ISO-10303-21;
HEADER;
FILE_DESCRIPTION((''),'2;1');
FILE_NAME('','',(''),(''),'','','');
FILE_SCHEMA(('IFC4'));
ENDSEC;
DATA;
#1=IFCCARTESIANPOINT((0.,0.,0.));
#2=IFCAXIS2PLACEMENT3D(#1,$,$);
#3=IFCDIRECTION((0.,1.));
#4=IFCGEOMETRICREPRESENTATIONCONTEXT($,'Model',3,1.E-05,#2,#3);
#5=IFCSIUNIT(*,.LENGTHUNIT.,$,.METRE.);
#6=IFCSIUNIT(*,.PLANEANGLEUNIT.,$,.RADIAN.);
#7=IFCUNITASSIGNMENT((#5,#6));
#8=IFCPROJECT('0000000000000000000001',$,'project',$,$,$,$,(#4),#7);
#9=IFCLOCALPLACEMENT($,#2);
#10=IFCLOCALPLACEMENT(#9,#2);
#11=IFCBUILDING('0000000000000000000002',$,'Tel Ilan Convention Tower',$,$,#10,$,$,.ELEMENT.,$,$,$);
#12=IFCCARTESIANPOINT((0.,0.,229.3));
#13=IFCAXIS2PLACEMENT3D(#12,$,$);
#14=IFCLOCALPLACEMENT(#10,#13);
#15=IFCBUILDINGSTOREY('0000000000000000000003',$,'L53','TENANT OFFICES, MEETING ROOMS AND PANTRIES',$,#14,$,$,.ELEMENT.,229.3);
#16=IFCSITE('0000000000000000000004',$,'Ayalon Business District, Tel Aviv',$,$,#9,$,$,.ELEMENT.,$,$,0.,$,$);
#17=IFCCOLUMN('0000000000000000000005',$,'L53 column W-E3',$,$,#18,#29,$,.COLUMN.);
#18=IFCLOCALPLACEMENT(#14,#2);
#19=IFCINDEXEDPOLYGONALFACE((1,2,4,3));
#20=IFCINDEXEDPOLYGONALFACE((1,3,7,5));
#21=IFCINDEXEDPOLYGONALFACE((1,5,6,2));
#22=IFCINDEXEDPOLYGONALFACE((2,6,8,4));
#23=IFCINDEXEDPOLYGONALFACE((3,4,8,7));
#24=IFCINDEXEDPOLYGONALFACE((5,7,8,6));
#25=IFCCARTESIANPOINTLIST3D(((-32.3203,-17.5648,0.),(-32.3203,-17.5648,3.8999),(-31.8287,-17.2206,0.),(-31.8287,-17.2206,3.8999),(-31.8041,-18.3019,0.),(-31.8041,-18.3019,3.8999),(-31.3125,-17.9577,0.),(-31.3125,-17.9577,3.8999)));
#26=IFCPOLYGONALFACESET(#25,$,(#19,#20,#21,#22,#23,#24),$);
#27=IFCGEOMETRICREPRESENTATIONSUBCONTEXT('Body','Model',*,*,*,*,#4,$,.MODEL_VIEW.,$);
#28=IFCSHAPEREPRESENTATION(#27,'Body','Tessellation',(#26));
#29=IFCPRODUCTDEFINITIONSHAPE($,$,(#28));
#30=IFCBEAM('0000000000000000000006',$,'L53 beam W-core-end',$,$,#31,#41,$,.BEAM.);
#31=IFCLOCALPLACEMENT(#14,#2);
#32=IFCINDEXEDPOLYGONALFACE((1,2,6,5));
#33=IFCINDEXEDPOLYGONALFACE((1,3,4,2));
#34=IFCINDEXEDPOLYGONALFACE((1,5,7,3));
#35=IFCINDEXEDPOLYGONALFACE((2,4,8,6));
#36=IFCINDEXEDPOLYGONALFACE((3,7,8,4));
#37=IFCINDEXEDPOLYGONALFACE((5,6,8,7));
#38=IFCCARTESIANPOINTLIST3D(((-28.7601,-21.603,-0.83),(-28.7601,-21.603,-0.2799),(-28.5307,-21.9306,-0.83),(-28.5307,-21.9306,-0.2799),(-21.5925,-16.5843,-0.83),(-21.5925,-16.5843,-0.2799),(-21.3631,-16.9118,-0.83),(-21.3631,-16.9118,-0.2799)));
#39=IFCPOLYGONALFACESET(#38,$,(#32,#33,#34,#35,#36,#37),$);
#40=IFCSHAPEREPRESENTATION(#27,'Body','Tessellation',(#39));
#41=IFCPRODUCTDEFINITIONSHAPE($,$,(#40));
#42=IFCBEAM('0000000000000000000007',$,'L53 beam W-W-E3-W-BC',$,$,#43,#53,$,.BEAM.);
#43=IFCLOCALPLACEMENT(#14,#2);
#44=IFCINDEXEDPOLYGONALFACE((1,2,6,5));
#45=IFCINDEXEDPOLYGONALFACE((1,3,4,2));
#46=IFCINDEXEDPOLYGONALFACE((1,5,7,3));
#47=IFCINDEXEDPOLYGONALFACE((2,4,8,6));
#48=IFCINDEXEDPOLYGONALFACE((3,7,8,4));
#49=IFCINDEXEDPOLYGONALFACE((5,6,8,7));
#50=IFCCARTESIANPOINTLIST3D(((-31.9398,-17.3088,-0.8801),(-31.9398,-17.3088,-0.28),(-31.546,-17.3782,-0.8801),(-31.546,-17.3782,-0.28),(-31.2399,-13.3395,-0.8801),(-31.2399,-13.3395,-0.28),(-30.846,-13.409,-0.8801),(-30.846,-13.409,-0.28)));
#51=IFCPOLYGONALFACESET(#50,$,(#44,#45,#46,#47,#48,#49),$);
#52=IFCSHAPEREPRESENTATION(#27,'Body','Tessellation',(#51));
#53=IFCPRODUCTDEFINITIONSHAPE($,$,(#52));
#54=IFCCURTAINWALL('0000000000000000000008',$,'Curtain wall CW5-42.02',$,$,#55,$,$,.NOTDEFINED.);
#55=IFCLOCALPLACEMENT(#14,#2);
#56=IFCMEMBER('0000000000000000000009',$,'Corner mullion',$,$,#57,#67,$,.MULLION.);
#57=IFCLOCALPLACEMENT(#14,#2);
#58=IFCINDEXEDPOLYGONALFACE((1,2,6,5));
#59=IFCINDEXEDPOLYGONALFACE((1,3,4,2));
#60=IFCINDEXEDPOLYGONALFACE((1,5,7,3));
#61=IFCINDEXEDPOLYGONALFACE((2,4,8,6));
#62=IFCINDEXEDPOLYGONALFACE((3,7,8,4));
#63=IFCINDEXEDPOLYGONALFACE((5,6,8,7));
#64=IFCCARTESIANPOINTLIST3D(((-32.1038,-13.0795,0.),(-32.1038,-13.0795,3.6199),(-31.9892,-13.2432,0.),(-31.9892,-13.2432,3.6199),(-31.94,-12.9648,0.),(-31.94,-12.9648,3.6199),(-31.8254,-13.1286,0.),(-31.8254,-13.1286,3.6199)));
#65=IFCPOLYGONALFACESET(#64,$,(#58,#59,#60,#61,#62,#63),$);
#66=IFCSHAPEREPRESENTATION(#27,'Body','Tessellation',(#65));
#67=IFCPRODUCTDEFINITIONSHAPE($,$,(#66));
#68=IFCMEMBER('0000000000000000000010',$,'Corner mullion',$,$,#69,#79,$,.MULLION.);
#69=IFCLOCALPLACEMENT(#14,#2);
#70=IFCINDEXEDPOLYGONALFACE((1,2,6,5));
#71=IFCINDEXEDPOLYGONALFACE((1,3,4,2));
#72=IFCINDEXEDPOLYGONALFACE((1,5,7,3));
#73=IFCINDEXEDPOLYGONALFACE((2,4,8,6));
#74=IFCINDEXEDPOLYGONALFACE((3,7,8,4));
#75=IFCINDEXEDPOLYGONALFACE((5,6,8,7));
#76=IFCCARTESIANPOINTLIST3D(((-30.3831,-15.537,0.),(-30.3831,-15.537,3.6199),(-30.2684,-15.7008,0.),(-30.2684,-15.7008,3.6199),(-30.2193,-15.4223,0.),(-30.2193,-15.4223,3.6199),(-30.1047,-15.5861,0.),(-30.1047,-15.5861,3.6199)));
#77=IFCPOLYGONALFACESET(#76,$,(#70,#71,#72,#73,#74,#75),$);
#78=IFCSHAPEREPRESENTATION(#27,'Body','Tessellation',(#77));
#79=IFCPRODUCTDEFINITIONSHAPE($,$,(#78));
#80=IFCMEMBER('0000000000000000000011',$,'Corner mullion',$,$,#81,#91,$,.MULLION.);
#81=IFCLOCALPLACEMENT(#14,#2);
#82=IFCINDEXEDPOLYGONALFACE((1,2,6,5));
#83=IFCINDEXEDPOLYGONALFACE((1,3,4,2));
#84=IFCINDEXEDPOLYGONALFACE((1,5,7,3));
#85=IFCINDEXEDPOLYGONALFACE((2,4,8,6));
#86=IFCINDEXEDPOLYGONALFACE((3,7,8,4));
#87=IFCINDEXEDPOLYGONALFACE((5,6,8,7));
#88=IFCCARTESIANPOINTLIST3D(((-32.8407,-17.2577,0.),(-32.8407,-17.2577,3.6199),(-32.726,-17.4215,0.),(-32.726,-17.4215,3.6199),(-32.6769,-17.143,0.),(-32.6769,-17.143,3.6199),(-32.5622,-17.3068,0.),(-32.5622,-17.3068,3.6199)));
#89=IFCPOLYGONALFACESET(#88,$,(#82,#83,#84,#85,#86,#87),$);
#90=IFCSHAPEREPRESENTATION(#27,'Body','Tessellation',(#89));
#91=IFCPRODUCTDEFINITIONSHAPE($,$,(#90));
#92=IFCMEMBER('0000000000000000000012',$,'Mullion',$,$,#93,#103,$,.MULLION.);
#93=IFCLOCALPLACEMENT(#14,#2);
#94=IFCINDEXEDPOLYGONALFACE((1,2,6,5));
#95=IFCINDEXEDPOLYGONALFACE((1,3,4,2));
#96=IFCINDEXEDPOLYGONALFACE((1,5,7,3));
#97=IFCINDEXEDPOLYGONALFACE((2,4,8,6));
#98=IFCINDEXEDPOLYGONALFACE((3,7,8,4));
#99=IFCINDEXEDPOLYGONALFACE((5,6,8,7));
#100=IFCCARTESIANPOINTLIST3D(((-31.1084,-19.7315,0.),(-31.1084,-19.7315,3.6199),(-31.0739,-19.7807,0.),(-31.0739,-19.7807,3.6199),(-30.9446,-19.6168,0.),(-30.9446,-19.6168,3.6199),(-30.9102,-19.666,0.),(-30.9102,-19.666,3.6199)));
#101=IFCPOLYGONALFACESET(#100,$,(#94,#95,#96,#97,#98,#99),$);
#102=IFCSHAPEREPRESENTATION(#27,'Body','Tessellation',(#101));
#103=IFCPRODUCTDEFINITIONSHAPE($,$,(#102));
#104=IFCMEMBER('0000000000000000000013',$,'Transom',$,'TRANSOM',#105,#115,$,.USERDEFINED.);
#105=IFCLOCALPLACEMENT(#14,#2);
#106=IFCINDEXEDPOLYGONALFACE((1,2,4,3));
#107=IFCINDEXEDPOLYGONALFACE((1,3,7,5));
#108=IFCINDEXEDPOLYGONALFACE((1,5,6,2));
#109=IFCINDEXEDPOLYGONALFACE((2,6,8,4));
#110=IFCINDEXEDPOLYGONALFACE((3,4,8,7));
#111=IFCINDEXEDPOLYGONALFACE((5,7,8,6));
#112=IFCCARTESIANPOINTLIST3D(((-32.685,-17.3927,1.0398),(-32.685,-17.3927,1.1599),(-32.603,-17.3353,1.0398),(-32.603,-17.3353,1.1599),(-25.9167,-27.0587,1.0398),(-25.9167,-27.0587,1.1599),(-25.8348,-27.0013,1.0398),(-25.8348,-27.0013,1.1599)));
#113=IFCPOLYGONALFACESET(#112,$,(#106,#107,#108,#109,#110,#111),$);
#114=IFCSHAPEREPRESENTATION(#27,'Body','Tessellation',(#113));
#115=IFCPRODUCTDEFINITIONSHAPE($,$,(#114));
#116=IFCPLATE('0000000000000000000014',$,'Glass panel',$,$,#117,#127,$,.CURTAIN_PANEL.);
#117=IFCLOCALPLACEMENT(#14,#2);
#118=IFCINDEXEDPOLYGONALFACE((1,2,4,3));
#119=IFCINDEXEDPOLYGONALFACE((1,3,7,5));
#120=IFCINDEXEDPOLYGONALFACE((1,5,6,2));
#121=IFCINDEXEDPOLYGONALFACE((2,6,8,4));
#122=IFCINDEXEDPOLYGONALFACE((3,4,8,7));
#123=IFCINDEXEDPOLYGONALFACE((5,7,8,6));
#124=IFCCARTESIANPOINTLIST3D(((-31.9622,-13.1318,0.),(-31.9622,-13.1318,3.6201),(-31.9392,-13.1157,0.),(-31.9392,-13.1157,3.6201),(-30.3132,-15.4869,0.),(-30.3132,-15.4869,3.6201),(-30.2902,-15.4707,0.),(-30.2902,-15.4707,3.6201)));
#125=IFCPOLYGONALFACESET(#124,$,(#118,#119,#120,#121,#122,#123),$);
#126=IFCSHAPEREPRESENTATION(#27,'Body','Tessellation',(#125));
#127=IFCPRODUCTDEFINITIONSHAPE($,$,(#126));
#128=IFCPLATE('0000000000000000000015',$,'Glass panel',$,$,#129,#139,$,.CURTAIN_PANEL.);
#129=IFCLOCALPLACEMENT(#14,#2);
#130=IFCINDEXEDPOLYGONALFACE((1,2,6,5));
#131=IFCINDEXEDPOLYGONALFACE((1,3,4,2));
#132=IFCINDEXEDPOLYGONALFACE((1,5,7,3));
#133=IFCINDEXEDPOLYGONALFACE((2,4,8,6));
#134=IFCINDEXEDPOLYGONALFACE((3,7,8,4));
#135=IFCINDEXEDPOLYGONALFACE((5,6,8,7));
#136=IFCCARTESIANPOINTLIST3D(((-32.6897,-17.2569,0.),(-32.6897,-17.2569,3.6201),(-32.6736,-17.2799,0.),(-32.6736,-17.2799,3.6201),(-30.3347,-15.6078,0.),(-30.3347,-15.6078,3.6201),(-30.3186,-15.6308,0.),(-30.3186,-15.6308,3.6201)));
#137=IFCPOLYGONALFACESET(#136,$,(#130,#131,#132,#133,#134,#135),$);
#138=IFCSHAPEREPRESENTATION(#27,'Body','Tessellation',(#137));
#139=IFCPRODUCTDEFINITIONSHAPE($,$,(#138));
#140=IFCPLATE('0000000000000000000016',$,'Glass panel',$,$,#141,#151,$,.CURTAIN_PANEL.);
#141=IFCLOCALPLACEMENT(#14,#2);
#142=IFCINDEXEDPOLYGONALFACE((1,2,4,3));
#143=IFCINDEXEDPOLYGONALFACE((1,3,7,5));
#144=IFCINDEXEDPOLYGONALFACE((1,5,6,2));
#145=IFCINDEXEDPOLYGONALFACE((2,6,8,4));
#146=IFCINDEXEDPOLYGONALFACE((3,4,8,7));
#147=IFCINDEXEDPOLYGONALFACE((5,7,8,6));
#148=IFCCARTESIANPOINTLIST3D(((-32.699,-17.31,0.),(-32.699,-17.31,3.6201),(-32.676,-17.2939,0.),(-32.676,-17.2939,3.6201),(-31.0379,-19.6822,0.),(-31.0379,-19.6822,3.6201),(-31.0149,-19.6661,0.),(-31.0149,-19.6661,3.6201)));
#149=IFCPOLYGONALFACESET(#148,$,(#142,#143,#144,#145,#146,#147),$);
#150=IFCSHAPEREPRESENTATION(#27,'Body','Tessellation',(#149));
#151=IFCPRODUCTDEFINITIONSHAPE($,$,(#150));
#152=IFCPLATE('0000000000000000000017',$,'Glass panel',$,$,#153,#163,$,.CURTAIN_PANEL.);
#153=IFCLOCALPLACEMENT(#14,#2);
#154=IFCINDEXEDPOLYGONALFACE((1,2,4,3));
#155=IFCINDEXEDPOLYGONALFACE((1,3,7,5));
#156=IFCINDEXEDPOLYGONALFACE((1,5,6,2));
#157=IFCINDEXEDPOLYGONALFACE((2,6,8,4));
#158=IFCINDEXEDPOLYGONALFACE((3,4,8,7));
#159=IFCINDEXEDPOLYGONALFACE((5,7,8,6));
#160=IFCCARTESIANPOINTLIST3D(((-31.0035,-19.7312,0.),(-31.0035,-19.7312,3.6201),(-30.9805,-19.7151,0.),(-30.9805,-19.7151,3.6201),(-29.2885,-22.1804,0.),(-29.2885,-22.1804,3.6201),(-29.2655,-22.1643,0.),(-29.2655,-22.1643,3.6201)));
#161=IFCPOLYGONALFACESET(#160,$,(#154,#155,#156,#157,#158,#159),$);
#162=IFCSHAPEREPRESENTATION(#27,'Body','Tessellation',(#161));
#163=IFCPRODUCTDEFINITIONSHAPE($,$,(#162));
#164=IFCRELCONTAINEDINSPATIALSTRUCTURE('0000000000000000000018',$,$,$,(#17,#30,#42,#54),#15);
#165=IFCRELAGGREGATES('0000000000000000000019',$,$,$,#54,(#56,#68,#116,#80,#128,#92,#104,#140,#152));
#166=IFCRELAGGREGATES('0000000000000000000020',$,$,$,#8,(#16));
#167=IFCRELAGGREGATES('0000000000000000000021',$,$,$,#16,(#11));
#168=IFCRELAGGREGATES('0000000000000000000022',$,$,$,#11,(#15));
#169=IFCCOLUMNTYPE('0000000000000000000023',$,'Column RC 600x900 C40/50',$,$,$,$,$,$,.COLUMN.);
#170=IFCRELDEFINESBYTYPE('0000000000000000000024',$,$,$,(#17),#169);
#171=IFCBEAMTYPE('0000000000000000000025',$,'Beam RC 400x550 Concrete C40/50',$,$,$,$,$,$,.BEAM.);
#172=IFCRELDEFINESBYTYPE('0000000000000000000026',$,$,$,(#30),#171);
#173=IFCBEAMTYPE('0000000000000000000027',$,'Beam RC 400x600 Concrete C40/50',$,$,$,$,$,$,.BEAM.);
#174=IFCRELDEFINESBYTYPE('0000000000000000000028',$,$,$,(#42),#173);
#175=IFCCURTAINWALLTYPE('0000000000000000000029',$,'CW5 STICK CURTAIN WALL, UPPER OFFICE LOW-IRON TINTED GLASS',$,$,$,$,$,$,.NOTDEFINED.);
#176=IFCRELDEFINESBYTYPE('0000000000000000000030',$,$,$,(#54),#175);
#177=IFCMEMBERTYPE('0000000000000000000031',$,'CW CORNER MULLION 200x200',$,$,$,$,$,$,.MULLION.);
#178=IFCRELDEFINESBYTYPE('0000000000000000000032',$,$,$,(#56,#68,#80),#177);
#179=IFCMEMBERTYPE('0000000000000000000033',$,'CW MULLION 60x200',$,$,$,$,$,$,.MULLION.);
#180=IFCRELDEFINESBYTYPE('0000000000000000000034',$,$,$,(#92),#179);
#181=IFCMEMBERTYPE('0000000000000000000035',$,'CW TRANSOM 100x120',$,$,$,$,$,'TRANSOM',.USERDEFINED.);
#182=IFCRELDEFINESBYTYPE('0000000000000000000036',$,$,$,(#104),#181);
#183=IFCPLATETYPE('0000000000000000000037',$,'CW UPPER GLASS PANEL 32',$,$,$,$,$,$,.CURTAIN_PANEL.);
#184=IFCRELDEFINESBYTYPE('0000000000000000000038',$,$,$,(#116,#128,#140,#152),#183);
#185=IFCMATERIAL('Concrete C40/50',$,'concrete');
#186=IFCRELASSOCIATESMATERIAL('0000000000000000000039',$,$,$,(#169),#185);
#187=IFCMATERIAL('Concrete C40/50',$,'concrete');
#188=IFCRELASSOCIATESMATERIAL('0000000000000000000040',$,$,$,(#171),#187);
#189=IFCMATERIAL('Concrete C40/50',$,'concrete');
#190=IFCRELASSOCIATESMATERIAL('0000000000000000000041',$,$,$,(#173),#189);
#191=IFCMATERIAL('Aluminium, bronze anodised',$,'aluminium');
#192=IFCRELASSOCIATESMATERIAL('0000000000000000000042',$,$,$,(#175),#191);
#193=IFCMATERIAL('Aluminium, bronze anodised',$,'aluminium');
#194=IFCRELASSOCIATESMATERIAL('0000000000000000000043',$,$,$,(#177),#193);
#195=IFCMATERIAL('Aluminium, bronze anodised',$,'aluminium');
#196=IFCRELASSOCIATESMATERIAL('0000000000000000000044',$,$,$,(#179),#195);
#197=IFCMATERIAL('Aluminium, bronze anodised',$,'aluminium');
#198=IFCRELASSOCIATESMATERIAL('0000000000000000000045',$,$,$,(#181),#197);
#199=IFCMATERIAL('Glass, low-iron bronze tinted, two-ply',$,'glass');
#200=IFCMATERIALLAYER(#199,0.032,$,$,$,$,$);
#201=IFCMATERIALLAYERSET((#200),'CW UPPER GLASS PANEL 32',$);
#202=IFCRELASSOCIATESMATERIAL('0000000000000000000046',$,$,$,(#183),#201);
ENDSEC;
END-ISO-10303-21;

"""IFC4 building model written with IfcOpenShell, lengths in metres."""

from ifc_helpers import new_model, si_unit, direction, frame, origin, origin_2d, place, context, subcontext, project, spatial, rectangle, extrude, material, layer, layer_set, material_profile, profile_set, type_object, element, aggregate, save


model = new_model("IFC4")

# Units and contexts
model_context = context("Model", 3, precision=1e-05, world=origin(), true_north=direction((0.0, 1.0)))
body_context = subcontext(model_context, "Body", "Model", "MODEL_VIEW")
ifc_project = project(units=[si_unit("LENGTHUNIT", "METRE"), si_unit("PLANEANGLEUNIT", "RADIAN")], contexts=[model_context])

# Site, building, storey
site_placement = place(None, origin())
site = spatial("IfcSite", under=ifc_project, at=site_placement, Name="Ayalon Business District, Tel Aviv", CompositionType="ELEMENT", RefElevation=0.0)
building_placement = place(site_placement, origin())
building = spatial("IfcBuilding", under=site, at=building_placement, Name="Tel Ilan Convention Tower", CompositionType="ELEMENT")
storey_placement = place(building_placement, frame((0.0, 0.0, 229.3)))
storey = spatial("IfcBuildingStorey", under=building, at=storey_placement, Name="L53", Description="TENANT OFFICES, MEETING ROOMS AND PANTRIES", CompositionType="ELEMENT", Elevation=229.3)

# Column
ifc_material_1 = material(Name="Concrete C40/50", Category="concrete")
ifc_material_profile_1 = material_profile(ifc_material_1, rectangle(XDim=0.8999, YDim=0.6001, at=origin_2d()), Name="RC 600x900")
ifc_profile_set_1 = profile_set([ifc_material_profile_1], Name="Concrete C40/50")
column_type = type_object("IfcColumnType", Name="Column RC 600x900 C40/50", PredefinedType="COLUMN", material=ifc_profile_set_1)
column_placement = place(storey_placement, frame((-31.8164, -17.7612, 0.0), z_axis=(0.0, 0.0, 1.0), x_axis=(-0.573576, 0.819152, 0.0)))
element("IfcColumn", 1, at=column_placement, inside=storey, type_object=column_type, Name="L53 column W-E3", PredefinedType="COLUMN", context=body_context, shape_type="SweptSolid", body=[
    extrude(rectangle(XDim=0.8999, YDim=0.6001, at=origin_2d()), origin(), (0.0, 0.0, 1.0), 3.8999),
])

# Beams
ifc_material_2 = material(Name="Concrete C40/50", Category="concrete")
ifc_material_profile_2 = material_profile(ifc_material_2, rectangle(XDim=0.3999, YDim=0.55, at=origin_2d()), Name="RC 400x550")
ifc_profile_set_2 = profile_set([ifc_material_profile_2], Name="Concrete C40/50")
beam_type_1 = type_object("IfcBeamType", Name="Beam RC 400x550 Concrete C40/50", PredefinedType="BEAM", material=ifc_profile_set_2)
beam_1_placement = place(storey_placement, frame((-21.4778, -16.748, -0.5549), z_axis=(-0.819157, -0.573569, 0.0), x_axis=(0.573569, -0.819157, 0.0)))
element("IfcBeam", 2, at=beam_1_placement, inside=storey, type_object=beam_type_1, Name="L53 beam W-core-end", PredefinedType="BEAM", context=body_context, shape_type="SweptSolid", body=[
    extrude(rectangle(XDim=0.3999, YDim=0.55, at=origin_2d()), origin(), (0.0, 0.0, 1.0), 8.75),
])
ifc_material_3 = material(Name="Concrete C40/50", Category="concrete")
ifc_material_profile_3 = material_profile(ifc_material_3, rectangle(XDim=0.3999, YDim=0.6001, at=origin_2d()), Name="RC 400x600")
ifc_profile_set_3 = profile_set([ifc_material_profile_3], Name="Concrete C40/50")
beam_type_2 = type_object("IfcBeamType", Name="Beam RC 400x600 Concrete C40/50", PredefinedType="BEAM", material=ifc_profile_set_3)
beam_2_placement = place(storey_placement, frame((-31.7429, -17.3435, -0.5801), z_axis=(0.173664, 0.984805, 0.0), x_axis=(-0.984805, 0.173664, 0.0)))
element("IfcBeam", 3, at=beam_2_placement, inside=storey, type_object=beam_type_2, Name="L53 beam W-W-E3-W-BC", PredefinedType="BEAM", context=body_context, shape_type="SweptSolid", body=[
    extrude(rectangle(XDim=0.3999, YDim=0.6001, at=origin_2d()), origin(), (0.0, 0.0, 1.0), 4.0305),
])

# Curtain wall, members, plates
ifc_material_4 = material(Name="Aluminium, bronze anodised", Category="aluminium")
curtain_wall_type = type_object("IfcCurtainWallType", Name="CW5 STICK CURTAIN WALL, UPPER OFFICE LOW-IRON TINTED GLASS", PredefinedType="NOTDEFINED", material=ifc_material_4)
curtain_wall_placement = place(storey_placement, origin())
curtain_wall = element("IfcCurtainWall", 4, at=curtain_wall_placement, inside=storey, type_object=curtain_wall_type, Name="Curtain wall CW5-42.02", PredefinedType="NOTDEFINED")
ifc_material_5 = material(Name="Aluminium, bronze anodised", Category="aluminium")
ifc_material_profile_4 = material_profile(ifc_material_5, rectangle(XDim=0.2, YDim=0.2, at=origin_2d()), Name="CW CORNER MULLION 200x200")
ifc_profile_set_4 = profile_set([ifc_material_profile_4], Name="Aluminium, bronze anodised")
member_type_1 = type_object("IfcMemberType", Name="CW CORNER MULLION 200x200", PredefinedType="MULLION", material=ifc_profile_set_4)
member_1_placement = place(storey_placement, frame((-31.9646, -13.104, 0.0), z_axis=(0.0, 0.0, 1.0), x_axis=(-0.819152, -0.573576, 0.0)))
member_1 = element("IfcMember", 5, at=member_1_placement, type_object=member_type_1, Name="Corner mullion", PredefinedType="MULLION", context=body_context, shape_type="SweptSolid", body=[
    extrude(rectangle(XDim=0.2, YDim=0.2, at=origin_2d()), origin(), (0.0, 0.0, 1.0), 3.6199),
])
member_2_placement = place(storey_placement, frame((-30.2439, -15.5615, 0.0), z_axis=(0.0, 0.0, 1.0), x_axis=(0.573576, -0.819152, 0.0)))
member_2 = element("IfcMember", 6, at=member_2_placement, type_object=member_type_1, Name="Corner mullion", PredefinedType="MULLION", context=body_context, shape_type="SweptSolid", body=[
    extrude(rectangle(XDim=0.2, YDim=0.2, at=origin_2d()), origin(), (0.0, 0.0, 1.0), 3.6199),
])
member_3_placement = place(storey_placement, frame((-32.7014, -17.2822, 0.0), z_axis=(0.0, 0.0, 1.0), x_axis=(-0.819152, -0.573576, 0.0)))
member_3 = element("IfcMember", 7, at=member_3_placement, type_object=member_type_1, Name="Corner mullion", PredefinedType="MULLION", context=body_context, shape_type="SweptSolid", body=[
    extrude(rectangle(XDim=0.2, YDim=0.2, at=origin_2d()), origin(), (0.0, 0.0, 1.0), 3.6199),
])
ifc_material_6 = material(Name="Aluminium, bronze anodised", Category="aluminium")
ifc_material_profile_5 = material_profile(ifc_material_6, rectangle(XDim=0.0601, YDim=0.2, at=origin_2d()), Name="CW MULLION 60x200")
ifc_profile_set_5 = profile_set([ifc_material_profile_5], Name="Aluminium, bronze anodised")
member_type_2 = type_object("IfcMemberType", Name="CW MULLION 60x200", PredefinedType="MULLION", material=ifc_profile_set_5)
member_4_placement = place(storey_placement, frame((-31.0093, -19.6987, 0.0), z_axis=(0.0, 0.0, 1.0), x_axis=(0.573576, -0.819152, 0.0)))
member_4 = element("IfcMember", 8, at=member_4_placement, type_object=member_type_2, Name="Mullion", PredefinedType="MULLION", context=body_context, shape_type="SweptSolid", body=[
    extrude(rectangle(XDim=0.0601, YDim=0.2, at=origin_2d()), origin(), (0.0, 0.0, 1.0), 3.6199),
])
ifc_material_7 = material(Name="Aluminium, bronze anodised", Category="aluminium")
ifc_material_profile_6 = material_profile(ifc_material_7, rectangle(XDim=0.1001, YDim=0.1201, at=origin_2d()), Name="CW TRANSOM 100x120")
ifc_profile_set_6 = profile_set([ifc_material_profile_6], Name="Aluminium, bronze anodised")
member_type_3 = type_object("IfcMemberType", Name="CW TRANSOM 100x120", ElementType="TRANSOM", PredefinedType="USERDEFINED", material=ifc_profile_set_6)
member_5_placement = place(storey_placement, frame((-32.644, -17.364, 1.0999), z_axis=(0.573582, -0.819148, 0.0), x_axis=(0.819148, 0.573582, 0.0)))
member_5 = element("IfcMember", 9, at=member_5_placement, type_object=member_type_3, Name="Transom", ObjectType="TRANSOM", PredefinedType="USERDEFINED", context=body_context, shape_type="SweptSolid", body=[
    extrude(rectangle(XDim=0.1001, YDim=0.1201, at=origin_2d()), origin(), (0.0, 0.0, 1.0), 11.8),
])
ifc_material_8 = material(Name="Glass, low-iron bronze tinted, two-ply", Category="glass")
ifc_layer_1 = layer(ifc_material_8, 0.032)
ifc_layer_set_1 = layer_set([ifc_layer_1], Name="CW UPPER GLASS PANEL 32")
plate_type = type_object("IfcPlateType", Name="CW UPPER GLASS PANEL 32", PredefinedType="CURTAIN_PANEL", material=ifc_layer_set_1)
plate_1_placement = place(storey_placement, frame((-31.1262, -14.3013, 0.0), z_axis=(0.0, 0.0, 1.0), x_axis=(0.573576, -0.819152, 0.0)))
plate_1 = element("IfcPlate", 10, at=plate_1_placement, type_object=plate_type, Name="Glass panel", PredefinedType="CURTAIN_PANEL", context=body_context, shape_type="SweptSolid", body=[
    extrude(rectangle(XDim=2.875, YDim=0.0281, at=origin_2d()), origin(), (0.0, 0.0, 1.0), 3.6201),
])
plate_2_placement = place(storey_placement, frame((-31.5042, -16.4438, 0.0), z_axis=(0.0, 0.0, 1.0), x_axis=(-0.819152, -0.573576, 0.0)))
plate_2 = element("IfcPlate", 11, at=plate_2_placement, type_object=plate_type, Name="Glass panel", PredefinedType="CURTAIN_PANEL", context=body_context, shape_type="SweptSolid", body=[
    extrude(rectangle(XDim=2.875, YDim=0.0281, at=origin_2d()), origin(), (0.0, 0.0, 1.0), 3.6201),
])
plate_3_placement = place(storey_placement, frame((-31.8569, -18.488, 0.0), z_axis=(0.0, 0.0, 1.0), x_axis=(0.573576, -0.819152, 0.0)))
plate_3 = element("IfcPlate", 12, at=plate_3_placement, type_object=plate_type, Name="Glass panel", PredefinedType="CURTAIN_PANEL", context=body_context, shape_type="SweptSolid", body=[
    extrude(rectangle(XDim=2.896, YDim=0.0281, at=origin_2d()), origin(), (0.0, 0.0, 1.0), 3.6201),
])
plate_4_placement = place(storey_placement, frame((-30.1345, -20.9478, 0.0), z_axis=(0.0, 0.0, 1.0), x_axis=(0.573576, -0.819152, 0.0)))
plate_4 = element("IfcPlate", 13, at=plate_4_placement, type_object=plate_type, Name="Glass panel", PredefinedType="CURTAIN_PANEL", context=body_context, shape_type="SweptSolid", body=[
    extrude(rectangle(XDim=2.99, YDim=0.0281, at=origin_2d()), origin(), (0.0, 0.0, 1.0), 3.6201),
])
aggregate(curtain_wall, [member_1, member_2, plate_1, member_3, plate_2, member_4, member_5, plate_3, plate_4])

save(model, "model.ifc")
